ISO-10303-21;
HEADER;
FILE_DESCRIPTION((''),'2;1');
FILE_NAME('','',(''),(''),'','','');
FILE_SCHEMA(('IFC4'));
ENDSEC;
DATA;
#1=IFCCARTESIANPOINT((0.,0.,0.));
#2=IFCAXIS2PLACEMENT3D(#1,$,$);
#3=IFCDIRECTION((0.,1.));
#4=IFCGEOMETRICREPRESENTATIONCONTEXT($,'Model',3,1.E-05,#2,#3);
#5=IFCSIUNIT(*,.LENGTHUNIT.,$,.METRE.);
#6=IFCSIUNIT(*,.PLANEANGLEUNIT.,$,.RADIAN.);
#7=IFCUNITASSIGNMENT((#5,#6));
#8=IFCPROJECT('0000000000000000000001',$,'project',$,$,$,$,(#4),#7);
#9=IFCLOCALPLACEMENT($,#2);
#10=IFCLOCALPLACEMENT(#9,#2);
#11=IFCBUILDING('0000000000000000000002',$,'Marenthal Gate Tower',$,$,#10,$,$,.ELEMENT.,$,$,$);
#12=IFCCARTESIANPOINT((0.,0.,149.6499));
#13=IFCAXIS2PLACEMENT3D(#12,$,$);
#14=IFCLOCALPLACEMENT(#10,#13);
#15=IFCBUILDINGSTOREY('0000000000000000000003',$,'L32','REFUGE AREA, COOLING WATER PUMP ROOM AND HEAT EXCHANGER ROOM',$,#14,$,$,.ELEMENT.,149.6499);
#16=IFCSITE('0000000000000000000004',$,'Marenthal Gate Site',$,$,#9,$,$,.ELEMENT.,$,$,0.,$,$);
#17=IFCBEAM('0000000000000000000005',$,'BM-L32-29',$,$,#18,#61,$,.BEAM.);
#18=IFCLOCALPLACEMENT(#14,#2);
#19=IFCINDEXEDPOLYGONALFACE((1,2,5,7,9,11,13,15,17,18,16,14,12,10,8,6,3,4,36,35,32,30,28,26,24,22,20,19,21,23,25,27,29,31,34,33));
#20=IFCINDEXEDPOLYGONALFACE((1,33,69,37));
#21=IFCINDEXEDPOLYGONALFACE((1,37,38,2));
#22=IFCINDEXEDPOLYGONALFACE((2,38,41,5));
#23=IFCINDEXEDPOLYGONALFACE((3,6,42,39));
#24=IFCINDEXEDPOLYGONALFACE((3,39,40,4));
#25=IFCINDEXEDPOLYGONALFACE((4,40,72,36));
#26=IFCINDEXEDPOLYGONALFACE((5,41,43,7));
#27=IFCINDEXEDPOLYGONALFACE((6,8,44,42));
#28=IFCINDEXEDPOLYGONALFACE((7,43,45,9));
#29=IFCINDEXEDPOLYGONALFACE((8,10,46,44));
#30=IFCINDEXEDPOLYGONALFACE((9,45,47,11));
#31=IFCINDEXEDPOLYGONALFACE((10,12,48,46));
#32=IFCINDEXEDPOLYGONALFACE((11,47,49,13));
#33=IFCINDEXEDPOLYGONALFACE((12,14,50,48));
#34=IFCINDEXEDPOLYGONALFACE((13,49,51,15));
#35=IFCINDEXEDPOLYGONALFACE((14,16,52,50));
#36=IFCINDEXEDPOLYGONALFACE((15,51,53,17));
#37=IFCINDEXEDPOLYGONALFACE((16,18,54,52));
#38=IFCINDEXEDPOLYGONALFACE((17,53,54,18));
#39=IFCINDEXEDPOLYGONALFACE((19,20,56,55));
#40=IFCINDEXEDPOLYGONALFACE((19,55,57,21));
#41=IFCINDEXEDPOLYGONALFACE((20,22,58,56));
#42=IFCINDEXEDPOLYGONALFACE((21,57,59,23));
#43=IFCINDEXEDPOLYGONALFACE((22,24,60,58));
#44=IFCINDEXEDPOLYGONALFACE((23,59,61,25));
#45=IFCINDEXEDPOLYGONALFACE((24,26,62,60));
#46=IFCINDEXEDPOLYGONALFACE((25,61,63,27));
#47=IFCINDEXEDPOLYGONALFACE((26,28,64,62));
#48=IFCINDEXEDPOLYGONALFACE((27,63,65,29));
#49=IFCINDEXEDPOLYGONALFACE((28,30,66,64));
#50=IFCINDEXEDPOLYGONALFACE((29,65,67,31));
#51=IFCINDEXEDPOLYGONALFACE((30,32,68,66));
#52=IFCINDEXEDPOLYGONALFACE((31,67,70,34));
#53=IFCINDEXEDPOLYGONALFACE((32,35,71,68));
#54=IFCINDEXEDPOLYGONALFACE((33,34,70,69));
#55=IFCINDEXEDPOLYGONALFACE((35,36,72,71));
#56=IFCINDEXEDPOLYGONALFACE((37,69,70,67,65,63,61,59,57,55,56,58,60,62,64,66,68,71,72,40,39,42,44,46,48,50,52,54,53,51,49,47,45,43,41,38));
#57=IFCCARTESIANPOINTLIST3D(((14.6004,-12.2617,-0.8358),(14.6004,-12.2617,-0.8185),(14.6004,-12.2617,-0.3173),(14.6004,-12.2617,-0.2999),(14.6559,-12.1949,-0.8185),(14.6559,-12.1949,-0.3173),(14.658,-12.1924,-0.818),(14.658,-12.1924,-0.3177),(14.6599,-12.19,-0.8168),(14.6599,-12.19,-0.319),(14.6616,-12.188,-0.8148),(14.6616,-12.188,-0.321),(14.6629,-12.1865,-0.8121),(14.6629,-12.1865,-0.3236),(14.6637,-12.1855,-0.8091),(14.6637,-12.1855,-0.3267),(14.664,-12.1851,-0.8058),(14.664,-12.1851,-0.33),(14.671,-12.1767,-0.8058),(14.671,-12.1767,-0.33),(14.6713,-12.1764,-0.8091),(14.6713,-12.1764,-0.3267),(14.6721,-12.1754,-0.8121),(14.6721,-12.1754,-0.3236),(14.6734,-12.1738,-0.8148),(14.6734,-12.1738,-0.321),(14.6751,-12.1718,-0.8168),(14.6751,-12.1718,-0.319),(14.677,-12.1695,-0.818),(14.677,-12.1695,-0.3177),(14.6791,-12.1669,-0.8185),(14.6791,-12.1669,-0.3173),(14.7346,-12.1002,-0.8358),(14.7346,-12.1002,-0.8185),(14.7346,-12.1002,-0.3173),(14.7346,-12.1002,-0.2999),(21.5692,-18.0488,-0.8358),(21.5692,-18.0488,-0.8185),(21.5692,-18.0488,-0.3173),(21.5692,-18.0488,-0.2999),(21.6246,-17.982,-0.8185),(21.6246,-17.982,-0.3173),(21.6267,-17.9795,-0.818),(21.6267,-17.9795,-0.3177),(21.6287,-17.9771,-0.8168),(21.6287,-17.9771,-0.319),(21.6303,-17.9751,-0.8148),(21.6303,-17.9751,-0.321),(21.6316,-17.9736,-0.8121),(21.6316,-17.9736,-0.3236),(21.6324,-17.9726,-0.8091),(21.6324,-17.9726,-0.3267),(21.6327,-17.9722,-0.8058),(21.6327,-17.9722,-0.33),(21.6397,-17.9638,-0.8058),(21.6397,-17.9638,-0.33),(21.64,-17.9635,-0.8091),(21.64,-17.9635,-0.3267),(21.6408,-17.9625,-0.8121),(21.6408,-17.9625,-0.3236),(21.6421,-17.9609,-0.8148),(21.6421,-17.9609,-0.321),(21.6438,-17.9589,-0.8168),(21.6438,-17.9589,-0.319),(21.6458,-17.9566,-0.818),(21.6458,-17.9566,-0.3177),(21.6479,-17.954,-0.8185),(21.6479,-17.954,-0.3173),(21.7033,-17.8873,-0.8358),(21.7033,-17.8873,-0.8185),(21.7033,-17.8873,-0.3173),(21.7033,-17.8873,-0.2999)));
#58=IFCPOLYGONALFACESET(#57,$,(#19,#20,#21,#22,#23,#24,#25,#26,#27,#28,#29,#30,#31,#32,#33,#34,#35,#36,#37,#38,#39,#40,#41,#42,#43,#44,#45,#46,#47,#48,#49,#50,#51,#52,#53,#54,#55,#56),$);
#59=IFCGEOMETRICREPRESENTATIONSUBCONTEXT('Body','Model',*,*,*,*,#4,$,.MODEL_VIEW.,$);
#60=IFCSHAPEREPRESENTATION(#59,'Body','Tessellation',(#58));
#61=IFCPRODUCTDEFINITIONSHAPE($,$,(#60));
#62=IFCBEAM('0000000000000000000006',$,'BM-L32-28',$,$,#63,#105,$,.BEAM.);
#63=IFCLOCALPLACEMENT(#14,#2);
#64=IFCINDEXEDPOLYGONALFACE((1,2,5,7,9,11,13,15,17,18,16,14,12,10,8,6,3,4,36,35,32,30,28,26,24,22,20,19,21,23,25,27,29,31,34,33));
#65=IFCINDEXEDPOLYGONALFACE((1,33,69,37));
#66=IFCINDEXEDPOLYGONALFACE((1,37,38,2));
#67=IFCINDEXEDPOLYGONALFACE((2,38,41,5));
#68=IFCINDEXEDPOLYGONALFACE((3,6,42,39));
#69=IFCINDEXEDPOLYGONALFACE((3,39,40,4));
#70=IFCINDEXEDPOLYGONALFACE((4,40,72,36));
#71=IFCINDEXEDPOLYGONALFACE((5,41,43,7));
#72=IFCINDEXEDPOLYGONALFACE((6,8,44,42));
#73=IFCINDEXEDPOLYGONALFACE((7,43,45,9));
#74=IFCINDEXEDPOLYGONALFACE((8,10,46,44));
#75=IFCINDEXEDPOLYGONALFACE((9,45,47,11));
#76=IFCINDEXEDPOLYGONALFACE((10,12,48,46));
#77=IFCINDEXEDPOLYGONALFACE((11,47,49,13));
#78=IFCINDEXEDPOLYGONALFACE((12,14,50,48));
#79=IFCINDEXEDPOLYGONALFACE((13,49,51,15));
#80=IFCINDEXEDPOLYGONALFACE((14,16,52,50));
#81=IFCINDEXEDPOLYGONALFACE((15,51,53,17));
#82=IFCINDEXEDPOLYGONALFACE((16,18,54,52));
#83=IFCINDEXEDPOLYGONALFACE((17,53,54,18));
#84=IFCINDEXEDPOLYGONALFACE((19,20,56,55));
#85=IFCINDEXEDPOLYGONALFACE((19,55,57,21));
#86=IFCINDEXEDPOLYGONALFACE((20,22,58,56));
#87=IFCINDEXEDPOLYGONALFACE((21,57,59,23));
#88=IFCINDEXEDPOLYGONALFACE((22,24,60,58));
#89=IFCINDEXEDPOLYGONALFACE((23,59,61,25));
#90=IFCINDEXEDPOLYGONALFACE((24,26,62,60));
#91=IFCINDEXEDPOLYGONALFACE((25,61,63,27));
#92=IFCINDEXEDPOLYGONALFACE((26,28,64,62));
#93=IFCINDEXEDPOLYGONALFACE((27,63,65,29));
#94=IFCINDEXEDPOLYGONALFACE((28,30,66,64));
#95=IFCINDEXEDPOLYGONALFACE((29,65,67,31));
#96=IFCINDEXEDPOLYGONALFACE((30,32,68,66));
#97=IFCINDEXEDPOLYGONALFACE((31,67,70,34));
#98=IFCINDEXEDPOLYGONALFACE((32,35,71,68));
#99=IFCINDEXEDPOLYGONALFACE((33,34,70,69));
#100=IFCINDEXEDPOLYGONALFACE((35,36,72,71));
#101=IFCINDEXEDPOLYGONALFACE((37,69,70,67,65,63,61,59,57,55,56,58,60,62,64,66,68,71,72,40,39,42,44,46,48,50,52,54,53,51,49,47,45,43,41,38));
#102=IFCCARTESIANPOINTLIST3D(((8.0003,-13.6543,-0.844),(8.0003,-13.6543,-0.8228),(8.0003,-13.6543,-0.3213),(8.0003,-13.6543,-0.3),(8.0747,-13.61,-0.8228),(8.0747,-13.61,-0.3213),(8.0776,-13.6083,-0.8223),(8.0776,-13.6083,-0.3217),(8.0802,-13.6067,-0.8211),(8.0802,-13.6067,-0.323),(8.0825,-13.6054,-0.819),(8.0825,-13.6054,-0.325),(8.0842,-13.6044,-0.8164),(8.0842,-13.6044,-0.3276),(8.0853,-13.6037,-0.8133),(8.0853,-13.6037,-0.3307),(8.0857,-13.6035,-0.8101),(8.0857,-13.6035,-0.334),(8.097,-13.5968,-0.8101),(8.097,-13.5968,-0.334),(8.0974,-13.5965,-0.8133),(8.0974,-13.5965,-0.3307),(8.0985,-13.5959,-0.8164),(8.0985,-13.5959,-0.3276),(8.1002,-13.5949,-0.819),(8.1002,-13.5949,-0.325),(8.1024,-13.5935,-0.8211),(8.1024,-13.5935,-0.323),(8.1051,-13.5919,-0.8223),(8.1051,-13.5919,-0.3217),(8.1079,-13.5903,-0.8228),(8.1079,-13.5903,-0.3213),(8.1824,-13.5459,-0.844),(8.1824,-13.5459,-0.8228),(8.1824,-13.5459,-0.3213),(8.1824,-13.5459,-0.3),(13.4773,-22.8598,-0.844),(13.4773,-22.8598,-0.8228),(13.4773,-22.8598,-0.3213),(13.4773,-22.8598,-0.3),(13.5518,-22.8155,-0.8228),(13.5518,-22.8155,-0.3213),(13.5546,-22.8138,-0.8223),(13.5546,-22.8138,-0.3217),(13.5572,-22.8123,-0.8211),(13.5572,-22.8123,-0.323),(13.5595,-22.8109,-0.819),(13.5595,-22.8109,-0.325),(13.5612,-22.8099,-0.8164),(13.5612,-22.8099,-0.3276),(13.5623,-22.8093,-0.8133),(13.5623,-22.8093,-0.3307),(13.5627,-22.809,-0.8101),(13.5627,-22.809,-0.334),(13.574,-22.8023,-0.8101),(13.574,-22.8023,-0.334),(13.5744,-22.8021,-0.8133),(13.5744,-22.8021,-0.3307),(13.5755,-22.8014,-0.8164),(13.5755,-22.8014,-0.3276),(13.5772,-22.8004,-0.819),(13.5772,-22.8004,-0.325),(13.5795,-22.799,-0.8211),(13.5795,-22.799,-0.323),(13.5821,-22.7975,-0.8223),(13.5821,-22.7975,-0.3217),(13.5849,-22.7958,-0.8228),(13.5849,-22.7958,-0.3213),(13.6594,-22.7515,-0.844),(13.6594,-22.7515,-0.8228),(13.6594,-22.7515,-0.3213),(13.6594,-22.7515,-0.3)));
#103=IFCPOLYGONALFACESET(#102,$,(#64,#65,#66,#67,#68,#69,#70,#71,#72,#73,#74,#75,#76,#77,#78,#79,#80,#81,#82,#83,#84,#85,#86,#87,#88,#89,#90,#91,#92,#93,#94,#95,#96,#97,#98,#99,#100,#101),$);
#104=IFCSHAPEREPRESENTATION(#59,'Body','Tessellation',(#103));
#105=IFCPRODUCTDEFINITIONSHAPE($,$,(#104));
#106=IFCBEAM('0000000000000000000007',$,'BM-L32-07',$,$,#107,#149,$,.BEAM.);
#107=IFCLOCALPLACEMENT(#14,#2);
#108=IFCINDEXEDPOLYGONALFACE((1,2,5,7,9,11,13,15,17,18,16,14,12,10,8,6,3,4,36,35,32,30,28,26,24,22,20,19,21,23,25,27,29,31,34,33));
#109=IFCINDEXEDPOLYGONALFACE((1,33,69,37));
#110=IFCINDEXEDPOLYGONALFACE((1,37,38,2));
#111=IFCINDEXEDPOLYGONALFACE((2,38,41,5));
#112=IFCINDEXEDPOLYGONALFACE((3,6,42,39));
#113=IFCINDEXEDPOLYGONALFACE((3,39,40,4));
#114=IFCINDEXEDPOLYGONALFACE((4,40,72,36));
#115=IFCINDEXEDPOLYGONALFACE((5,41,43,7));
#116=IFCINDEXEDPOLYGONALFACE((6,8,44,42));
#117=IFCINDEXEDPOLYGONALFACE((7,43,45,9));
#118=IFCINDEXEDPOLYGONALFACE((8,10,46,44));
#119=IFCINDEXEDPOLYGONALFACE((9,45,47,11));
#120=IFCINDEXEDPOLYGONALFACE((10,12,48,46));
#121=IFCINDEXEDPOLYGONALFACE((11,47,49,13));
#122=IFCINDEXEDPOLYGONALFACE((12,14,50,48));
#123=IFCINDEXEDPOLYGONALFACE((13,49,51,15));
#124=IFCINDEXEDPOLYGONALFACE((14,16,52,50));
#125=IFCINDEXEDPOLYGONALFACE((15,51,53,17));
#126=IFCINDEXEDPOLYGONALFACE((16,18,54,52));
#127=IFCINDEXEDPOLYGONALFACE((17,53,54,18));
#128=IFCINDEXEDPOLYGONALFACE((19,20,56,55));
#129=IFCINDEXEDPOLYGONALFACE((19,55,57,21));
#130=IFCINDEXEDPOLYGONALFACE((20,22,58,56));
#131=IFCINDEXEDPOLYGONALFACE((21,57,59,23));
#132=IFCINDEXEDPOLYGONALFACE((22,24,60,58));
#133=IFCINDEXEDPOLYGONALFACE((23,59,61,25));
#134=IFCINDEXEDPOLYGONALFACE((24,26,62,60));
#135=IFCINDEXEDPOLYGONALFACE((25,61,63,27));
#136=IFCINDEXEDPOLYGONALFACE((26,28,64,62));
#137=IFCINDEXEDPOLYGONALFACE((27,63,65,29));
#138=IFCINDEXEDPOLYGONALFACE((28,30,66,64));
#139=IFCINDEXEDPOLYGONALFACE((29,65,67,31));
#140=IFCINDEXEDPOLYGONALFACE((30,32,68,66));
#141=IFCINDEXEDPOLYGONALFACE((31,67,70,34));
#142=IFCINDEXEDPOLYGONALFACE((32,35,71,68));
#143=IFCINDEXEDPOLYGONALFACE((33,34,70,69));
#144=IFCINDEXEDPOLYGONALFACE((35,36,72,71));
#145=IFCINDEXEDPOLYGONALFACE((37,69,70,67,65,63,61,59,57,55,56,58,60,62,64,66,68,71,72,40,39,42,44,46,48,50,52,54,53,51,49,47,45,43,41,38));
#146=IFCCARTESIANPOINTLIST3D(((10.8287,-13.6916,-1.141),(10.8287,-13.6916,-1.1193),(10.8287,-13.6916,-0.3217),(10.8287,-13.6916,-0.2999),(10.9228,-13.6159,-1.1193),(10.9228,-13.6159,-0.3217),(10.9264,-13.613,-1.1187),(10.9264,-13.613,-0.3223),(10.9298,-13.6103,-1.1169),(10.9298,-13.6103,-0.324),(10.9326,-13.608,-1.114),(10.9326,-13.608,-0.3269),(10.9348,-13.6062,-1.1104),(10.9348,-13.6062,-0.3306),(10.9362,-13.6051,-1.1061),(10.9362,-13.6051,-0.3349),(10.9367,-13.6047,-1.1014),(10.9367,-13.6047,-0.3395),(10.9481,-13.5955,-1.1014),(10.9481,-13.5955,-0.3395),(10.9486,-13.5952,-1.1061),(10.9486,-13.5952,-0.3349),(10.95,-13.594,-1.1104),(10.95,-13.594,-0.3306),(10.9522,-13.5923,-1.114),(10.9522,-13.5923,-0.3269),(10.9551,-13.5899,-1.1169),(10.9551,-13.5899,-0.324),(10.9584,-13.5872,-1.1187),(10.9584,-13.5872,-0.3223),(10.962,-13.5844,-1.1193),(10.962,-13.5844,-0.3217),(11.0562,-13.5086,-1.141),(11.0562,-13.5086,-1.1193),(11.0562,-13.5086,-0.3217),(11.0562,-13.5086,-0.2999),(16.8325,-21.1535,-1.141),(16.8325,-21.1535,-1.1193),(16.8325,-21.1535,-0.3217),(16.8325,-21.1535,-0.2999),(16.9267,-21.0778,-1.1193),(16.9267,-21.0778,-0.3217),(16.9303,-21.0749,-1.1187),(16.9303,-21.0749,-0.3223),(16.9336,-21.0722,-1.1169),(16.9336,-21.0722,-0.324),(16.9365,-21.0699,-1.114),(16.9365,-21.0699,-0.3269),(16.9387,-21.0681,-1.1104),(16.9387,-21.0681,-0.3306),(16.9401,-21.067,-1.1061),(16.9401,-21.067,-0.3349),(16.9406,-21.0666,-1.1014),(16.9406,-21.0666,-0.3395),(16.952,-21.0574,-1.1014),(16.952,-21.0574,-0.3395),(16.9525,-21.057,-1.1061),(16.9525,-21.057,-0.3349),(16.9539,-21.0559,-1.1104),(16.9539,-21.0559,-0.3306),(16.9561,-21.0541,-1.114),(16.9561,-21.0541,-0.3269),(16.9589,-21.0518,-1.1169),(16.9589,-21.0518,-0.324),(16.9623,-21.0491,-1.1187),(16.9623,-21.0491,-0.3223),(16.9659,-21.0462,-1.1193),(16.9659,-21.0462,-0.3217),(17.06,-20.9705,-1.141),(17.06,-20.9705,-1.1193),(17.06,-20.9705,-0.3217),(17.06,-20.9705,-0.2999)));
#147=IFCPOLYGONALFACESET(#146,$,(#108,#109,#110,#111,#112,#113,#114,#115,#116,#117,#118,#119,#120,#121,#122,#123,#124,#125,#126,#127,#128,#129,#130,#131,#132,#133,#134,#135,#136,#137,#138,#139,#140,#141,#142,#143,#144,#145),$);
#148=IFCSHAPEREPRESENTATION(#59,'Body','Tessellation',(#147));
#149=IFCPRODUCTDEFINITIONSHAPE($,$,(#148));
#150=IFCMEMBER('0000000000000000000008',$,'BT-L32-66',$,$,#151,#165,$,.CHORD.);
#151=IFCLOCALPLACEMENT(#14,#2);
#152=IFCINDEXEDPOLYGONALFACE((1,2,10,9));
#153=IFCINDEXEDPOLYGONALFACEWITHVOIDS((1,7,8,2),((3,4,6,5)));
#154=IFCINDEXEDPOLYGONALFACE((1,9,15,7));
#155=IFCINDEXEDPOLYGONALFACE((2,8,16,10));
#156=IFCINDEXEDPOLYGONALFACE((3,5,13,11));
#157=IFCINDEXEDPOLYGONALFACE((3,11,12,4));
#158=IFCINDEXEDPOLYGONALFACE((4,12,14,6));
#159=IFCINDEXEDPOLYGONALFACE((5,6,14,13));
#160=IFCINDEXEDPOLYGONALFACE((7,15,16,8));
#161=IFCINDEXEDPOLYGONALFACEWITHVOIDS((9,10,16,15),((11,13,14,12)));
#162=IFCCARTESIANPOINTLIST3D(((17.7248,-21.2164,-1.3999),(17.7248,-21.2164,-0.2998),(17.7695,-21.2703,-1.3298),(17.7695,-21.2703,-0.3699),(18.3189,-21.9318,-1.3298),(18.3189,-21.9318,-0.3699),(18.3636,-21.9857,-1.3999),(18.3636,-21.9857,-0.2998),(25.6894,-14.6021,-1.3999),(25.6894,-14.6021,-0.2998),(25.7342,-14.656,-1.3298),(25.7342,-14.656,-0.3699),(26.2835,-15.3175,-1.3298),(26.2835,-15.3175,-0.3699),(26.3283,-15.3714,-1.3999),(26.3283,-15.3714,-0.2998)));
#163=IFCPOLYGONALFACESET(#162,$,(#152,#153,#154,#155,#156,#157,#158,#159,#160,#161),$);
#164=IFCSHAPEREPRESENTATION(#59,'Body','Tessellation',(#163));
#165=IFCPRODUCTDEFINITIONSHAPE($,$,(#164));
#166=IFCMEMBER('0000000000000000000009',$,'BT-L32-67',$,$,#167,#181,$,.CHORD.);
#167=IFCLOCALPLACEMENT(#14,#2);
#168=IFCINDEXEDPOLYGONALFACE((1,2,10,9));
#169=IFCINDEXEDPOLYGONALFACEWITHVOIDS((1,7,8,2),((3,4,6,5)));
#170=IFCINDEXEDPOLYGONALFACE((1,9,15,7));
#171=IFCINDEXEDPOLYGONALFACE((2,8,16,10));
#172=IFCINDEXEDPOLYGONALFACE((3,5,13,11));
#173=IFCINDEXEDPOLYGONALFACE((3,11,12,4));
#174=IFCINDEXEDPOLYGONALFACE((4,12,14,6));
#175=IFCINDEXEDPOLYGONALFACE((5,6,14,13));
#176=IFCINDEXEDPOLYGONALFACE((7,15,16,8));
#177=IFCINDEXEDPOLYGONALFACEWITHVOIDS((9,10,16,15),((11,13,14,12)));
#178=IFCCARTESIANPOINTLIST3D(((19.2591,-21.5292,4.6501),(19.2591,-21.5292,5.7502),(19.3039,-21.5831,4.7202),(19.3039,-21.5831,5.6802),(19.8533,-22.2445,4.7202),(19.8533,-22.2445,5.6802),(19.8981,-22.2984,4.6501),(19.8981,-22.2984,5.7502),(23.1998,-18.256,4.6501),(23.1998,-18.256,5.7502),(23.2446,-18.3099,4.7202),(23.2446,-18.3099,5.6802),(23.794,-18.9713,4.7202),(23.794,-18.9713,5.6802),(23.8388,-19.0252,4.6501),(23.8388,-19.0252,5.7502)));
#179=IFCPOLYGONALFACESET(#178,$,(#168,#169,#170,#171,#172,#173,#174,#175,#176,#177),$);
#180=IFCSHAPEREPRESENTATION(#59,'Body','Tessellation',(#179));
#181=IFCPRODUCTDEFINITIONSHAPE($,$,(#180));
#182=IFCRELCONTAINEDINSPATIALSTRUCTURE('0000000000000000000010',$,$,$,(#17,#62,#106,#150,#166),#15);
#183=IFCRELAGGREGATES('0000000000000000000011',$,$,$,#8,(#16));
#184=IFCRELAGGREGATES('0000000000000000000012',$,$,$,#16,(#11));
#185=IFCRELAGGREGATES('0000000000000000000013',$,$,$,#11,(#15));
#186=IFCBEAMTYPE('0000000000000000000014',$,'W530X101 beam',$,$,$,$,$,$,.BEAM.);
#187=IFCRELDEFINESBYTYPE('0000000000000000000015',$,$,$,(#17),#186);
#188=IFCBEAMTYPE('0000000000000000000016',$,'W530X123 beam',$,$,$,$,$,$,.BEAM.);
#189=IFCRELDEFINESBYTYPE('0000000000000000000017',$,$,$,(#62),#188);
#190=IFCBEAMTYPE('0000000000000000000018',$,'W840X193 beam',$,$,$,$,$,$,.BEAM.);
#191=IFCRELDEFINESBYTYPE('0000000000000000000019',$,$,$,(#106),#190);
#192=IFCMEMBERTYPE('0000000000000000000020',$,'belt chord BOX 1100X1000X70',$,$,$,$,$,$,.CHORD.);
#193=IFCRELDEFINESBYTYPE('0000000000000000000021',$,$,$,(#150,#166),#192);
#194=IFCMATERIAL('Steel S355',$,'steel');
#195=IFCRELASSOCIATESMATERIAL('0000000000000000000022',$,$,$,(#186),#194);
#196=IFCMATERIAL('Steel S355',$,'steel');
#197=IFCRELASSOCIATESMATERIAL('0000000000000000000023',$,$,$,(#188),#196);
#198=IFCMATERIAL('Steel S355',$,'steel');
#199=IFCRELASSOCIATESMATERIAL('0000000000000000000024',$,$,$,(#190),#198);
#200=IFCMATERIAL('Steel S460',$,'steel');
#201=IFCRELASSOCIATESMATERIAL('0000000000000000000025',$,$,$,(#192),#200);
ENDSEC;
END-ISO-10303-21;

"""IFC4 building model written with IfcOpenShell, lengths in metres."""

from ifc_helpers import new_model, si_unit, direction, frame, origin, origin_2d, place, context, subcontext, project, spatial, hollow_rectangle, i_section, extrude, material, material_profile, profile_set, type_object, element, save


model = new_model("IFC4")

# Units and contexts
model_context = context("Model", 3, precision=1e-05, world=origin(), true_north=direction((0.0, 1.0)))
body_context = subcontext(model_context, "Body", "Model", "MODEL_VIEW")
ifc_project = project(units=[si_unit("LENGTHUNIT", "METRE"), si_unit("PLANEANGLEUNIT", "RADIAN")], contexts=[model_context])

# Site, building, storey
site_placement = place(None, origin())
site = spatial("IfcSite", under=ifc_project, at=site_placement, Name="Marenthal Gate Site", CompositionType="ELEMENT", RefElevation=0.0)
building_placement = place(site_placement, origin())
building = spatial("IfcBuilding", under=site, at=building_placement, Name="Marenthal Gate Tower", CompositionType="ELEMENT")
storey_placement = place(building_placement, frame((0.0, 0.0, 149.6499)))
storey = spatial("IfcBuildingStorey", under=building, at=storey_placement, Name="L32", Description="REFUGE AREA, COOLING WATER PUMP ROOM AND HEAT EXCHANGER ROOM", CompositionType="ELEMENT", Elevation=149.6499)

# Beams
ifc_material_1 = material(Name="Steel S355", Category="steel")
ifc_material_profile_1 = material_profile(ifc_material_1, i_section(OverallWidth=0.21, OverallDepth=0.5359, WebThickness=0.011, FlangeThickness=0.0173, FilletRadius=0.0127, at=origin_2d()), Name="W530X101")
ifc_profile_set_1 = profile_set([ifc_material_profile_1], Name="Steel S355")
beam_type_1 = type_object("IfcBeamType", Name="W530X101 beam", PredefinedType="BEAM", material=ifc_profile_set_1)
beam_1_placement = place(storey_placement, frame((21.6362, -17.968, -0.5679), z_axis=(-0.769316, 0.638869, 0.0), x_axis=(-0.638869, -0.769316, 0.0)))
element("IfcBeam", 1, at=beam_1_placement, inside=storey, type_object=beam_type_1, Name="BM-L32-29", PredefinedType="BEAM", context=body_context, shape_type="SweptSolid", body=[
    extrude(i_section(OverallWidth=0.21, OverallDepth=0.5359, WebThickness=0.011, FlangeThickness=0.0173, FilletRadius=0.0127, at=origin_2d()), origin(), (0.0, 0.0, 1.0), 9.0583),
])
ifc_material_2 = material(Name="Steel S355", Category="steel")
ifc_material_profile_2 = material_profile(ifc_material_2, i_section(OverallWidth=0.2119, OverallDepth=0.5439, WebThickness=0.0132, FlangeThickness=0.0212, FilletRadius=0.0127, at=origin_2d()), Name="W530X123")
ifc_profile_set_2 = profile_set([ifc_material_profile_2], Name="Steel S355")
beam_type_2 = type_object("IfcBeamType", Name="W530X123 beam", PredefinedType="BEAM", material=ifc_profile_set_2)
beam_2_placement = place(storey_placement, frame((13.5684, -22.8057, -0.572), z_axis=(-0.511315, 0.859394, 0.0), x_axis=(-0.859394, -0.511315, 0.0)))
element("IfcBeam", 2, at=beam_2_placement, inside=storey, type_object=beam_type_2, Name="BM-L32-28", PredefinedType="BEAM", context=body_context, shape_type="SweptSolid", body=[
    extrude(i_section(OverallWidth=0.2119, OverallDepth=0.5439, WebThickness=0.0132, FlangeThickness=0.0212, FilletRadius=0.0127, at=origin_2d()), origin(), (0.0, 0.0, 1.0), 10.7117),
])
ifc_material_3 = material(Name="Steel S355", Category="steel")
ifc_material_profile_3 = material_profile(ifc_material_3, i_section(OverallWidth=0.292, OverallDepth=0.8411, WebThickness=0.0146, FlangeThickness=0.0217, FilletRadius=0.0178, at=origin_2d()), Name="W840X193")
ifc_profile_set_3 = profile_set([ifc_material_profile_3], Name="Steel S355")
beam_type_3 = type_object("IfcBeamType", Name="W840X193 beam", PredefinedType="BEAM", material=ifc_profile_set_3)
beam_3_placement = place(storey_placement, frame((16.9463, -21.062, -0.7205), z_axis=(-0.626881, 0.779115, 0.0), x_axis=(-0.779115, -0.626881, 0.0)))
element("IfcBeam", 3, at=beam_3_placement, inside=storey, type_object=beam_type_3, Name="BM-L32-07", PredefinedType="BEAM", context=body_context, shape_type="SweptSolid", body=[
    extrude(i_section(OverallWidth=0.292, OverallDepth=0.8411, WebThickness=0.0146, FlangeThickness=0.0217, FilletRadius=0.0178, at=origin_2d()), origin(), (0.0, 0.0, 1.0), 9.5774),
])

# Members
ifc_material_4 = material(Name="Steel S460", Category="steel")
ifc_material_profile_4 = material_profile(ifc_material_4, hollow_rectangle(XDim=1.0, YDim=1.1001, WallThickness=0.0701, at=origin_2d()), Name="BOX 1100X1000X70")
ifc_profile_set_4 = profile_set([ifc_material_profile_4], Name="Steel S460")
member_type_1 = type_object("IfcMemberType", Name="belt chord BOX 1100X1000X70", PredefinedType="CHORD", material=ifc_profile_set_4)
member_1_placement = place(storey_placement, frame((18.0442, -21.6011, -0.8499), z_axis=(0.769308, 0.638878, 0.0), x_axis=(-0.638878, 0.769308, 0.0)))
element("IfcMember", 4, at=member_1_placement, inside=storey, type_object=member_type_1, Name="BT-L32-66", PredefinedType="CHORD", context=body_context, shape_type="SweptSolid", body=[
    extrude(hollow_rectangle(XDim=1.0, YDim=1.1001, WallThickness=0.0701, at=origin_2d()), origin(), (0.0, 0.0, 1.0), 10.353),
])
for number, where, z_axis, x_axis, name in (
    (5, (19.5786, -21.9138, 5.2002), (0.769248, 0.638951, 0.0), (-0.638951, 0.769248, 0.0), "BT-L32-67"),
):
    element("IfcMember", number, at=place(storey_placement, frame(where, z_axis=z_axis, x_axis=x_axis)), inside=storey, type_object=member_type_1, Name=name, PredefinedType="CHORD", context=body_context, shape_type="SweptSolid", body=[
        extrude(hollow_rectangle(XDim=1.0, YDim=1.1001, WallThickness=0.0701, at=origin_2d()), origin(), (0.0, 0.0, 1.0), 5.1228),
    ])

save(model, "model.ifc")
